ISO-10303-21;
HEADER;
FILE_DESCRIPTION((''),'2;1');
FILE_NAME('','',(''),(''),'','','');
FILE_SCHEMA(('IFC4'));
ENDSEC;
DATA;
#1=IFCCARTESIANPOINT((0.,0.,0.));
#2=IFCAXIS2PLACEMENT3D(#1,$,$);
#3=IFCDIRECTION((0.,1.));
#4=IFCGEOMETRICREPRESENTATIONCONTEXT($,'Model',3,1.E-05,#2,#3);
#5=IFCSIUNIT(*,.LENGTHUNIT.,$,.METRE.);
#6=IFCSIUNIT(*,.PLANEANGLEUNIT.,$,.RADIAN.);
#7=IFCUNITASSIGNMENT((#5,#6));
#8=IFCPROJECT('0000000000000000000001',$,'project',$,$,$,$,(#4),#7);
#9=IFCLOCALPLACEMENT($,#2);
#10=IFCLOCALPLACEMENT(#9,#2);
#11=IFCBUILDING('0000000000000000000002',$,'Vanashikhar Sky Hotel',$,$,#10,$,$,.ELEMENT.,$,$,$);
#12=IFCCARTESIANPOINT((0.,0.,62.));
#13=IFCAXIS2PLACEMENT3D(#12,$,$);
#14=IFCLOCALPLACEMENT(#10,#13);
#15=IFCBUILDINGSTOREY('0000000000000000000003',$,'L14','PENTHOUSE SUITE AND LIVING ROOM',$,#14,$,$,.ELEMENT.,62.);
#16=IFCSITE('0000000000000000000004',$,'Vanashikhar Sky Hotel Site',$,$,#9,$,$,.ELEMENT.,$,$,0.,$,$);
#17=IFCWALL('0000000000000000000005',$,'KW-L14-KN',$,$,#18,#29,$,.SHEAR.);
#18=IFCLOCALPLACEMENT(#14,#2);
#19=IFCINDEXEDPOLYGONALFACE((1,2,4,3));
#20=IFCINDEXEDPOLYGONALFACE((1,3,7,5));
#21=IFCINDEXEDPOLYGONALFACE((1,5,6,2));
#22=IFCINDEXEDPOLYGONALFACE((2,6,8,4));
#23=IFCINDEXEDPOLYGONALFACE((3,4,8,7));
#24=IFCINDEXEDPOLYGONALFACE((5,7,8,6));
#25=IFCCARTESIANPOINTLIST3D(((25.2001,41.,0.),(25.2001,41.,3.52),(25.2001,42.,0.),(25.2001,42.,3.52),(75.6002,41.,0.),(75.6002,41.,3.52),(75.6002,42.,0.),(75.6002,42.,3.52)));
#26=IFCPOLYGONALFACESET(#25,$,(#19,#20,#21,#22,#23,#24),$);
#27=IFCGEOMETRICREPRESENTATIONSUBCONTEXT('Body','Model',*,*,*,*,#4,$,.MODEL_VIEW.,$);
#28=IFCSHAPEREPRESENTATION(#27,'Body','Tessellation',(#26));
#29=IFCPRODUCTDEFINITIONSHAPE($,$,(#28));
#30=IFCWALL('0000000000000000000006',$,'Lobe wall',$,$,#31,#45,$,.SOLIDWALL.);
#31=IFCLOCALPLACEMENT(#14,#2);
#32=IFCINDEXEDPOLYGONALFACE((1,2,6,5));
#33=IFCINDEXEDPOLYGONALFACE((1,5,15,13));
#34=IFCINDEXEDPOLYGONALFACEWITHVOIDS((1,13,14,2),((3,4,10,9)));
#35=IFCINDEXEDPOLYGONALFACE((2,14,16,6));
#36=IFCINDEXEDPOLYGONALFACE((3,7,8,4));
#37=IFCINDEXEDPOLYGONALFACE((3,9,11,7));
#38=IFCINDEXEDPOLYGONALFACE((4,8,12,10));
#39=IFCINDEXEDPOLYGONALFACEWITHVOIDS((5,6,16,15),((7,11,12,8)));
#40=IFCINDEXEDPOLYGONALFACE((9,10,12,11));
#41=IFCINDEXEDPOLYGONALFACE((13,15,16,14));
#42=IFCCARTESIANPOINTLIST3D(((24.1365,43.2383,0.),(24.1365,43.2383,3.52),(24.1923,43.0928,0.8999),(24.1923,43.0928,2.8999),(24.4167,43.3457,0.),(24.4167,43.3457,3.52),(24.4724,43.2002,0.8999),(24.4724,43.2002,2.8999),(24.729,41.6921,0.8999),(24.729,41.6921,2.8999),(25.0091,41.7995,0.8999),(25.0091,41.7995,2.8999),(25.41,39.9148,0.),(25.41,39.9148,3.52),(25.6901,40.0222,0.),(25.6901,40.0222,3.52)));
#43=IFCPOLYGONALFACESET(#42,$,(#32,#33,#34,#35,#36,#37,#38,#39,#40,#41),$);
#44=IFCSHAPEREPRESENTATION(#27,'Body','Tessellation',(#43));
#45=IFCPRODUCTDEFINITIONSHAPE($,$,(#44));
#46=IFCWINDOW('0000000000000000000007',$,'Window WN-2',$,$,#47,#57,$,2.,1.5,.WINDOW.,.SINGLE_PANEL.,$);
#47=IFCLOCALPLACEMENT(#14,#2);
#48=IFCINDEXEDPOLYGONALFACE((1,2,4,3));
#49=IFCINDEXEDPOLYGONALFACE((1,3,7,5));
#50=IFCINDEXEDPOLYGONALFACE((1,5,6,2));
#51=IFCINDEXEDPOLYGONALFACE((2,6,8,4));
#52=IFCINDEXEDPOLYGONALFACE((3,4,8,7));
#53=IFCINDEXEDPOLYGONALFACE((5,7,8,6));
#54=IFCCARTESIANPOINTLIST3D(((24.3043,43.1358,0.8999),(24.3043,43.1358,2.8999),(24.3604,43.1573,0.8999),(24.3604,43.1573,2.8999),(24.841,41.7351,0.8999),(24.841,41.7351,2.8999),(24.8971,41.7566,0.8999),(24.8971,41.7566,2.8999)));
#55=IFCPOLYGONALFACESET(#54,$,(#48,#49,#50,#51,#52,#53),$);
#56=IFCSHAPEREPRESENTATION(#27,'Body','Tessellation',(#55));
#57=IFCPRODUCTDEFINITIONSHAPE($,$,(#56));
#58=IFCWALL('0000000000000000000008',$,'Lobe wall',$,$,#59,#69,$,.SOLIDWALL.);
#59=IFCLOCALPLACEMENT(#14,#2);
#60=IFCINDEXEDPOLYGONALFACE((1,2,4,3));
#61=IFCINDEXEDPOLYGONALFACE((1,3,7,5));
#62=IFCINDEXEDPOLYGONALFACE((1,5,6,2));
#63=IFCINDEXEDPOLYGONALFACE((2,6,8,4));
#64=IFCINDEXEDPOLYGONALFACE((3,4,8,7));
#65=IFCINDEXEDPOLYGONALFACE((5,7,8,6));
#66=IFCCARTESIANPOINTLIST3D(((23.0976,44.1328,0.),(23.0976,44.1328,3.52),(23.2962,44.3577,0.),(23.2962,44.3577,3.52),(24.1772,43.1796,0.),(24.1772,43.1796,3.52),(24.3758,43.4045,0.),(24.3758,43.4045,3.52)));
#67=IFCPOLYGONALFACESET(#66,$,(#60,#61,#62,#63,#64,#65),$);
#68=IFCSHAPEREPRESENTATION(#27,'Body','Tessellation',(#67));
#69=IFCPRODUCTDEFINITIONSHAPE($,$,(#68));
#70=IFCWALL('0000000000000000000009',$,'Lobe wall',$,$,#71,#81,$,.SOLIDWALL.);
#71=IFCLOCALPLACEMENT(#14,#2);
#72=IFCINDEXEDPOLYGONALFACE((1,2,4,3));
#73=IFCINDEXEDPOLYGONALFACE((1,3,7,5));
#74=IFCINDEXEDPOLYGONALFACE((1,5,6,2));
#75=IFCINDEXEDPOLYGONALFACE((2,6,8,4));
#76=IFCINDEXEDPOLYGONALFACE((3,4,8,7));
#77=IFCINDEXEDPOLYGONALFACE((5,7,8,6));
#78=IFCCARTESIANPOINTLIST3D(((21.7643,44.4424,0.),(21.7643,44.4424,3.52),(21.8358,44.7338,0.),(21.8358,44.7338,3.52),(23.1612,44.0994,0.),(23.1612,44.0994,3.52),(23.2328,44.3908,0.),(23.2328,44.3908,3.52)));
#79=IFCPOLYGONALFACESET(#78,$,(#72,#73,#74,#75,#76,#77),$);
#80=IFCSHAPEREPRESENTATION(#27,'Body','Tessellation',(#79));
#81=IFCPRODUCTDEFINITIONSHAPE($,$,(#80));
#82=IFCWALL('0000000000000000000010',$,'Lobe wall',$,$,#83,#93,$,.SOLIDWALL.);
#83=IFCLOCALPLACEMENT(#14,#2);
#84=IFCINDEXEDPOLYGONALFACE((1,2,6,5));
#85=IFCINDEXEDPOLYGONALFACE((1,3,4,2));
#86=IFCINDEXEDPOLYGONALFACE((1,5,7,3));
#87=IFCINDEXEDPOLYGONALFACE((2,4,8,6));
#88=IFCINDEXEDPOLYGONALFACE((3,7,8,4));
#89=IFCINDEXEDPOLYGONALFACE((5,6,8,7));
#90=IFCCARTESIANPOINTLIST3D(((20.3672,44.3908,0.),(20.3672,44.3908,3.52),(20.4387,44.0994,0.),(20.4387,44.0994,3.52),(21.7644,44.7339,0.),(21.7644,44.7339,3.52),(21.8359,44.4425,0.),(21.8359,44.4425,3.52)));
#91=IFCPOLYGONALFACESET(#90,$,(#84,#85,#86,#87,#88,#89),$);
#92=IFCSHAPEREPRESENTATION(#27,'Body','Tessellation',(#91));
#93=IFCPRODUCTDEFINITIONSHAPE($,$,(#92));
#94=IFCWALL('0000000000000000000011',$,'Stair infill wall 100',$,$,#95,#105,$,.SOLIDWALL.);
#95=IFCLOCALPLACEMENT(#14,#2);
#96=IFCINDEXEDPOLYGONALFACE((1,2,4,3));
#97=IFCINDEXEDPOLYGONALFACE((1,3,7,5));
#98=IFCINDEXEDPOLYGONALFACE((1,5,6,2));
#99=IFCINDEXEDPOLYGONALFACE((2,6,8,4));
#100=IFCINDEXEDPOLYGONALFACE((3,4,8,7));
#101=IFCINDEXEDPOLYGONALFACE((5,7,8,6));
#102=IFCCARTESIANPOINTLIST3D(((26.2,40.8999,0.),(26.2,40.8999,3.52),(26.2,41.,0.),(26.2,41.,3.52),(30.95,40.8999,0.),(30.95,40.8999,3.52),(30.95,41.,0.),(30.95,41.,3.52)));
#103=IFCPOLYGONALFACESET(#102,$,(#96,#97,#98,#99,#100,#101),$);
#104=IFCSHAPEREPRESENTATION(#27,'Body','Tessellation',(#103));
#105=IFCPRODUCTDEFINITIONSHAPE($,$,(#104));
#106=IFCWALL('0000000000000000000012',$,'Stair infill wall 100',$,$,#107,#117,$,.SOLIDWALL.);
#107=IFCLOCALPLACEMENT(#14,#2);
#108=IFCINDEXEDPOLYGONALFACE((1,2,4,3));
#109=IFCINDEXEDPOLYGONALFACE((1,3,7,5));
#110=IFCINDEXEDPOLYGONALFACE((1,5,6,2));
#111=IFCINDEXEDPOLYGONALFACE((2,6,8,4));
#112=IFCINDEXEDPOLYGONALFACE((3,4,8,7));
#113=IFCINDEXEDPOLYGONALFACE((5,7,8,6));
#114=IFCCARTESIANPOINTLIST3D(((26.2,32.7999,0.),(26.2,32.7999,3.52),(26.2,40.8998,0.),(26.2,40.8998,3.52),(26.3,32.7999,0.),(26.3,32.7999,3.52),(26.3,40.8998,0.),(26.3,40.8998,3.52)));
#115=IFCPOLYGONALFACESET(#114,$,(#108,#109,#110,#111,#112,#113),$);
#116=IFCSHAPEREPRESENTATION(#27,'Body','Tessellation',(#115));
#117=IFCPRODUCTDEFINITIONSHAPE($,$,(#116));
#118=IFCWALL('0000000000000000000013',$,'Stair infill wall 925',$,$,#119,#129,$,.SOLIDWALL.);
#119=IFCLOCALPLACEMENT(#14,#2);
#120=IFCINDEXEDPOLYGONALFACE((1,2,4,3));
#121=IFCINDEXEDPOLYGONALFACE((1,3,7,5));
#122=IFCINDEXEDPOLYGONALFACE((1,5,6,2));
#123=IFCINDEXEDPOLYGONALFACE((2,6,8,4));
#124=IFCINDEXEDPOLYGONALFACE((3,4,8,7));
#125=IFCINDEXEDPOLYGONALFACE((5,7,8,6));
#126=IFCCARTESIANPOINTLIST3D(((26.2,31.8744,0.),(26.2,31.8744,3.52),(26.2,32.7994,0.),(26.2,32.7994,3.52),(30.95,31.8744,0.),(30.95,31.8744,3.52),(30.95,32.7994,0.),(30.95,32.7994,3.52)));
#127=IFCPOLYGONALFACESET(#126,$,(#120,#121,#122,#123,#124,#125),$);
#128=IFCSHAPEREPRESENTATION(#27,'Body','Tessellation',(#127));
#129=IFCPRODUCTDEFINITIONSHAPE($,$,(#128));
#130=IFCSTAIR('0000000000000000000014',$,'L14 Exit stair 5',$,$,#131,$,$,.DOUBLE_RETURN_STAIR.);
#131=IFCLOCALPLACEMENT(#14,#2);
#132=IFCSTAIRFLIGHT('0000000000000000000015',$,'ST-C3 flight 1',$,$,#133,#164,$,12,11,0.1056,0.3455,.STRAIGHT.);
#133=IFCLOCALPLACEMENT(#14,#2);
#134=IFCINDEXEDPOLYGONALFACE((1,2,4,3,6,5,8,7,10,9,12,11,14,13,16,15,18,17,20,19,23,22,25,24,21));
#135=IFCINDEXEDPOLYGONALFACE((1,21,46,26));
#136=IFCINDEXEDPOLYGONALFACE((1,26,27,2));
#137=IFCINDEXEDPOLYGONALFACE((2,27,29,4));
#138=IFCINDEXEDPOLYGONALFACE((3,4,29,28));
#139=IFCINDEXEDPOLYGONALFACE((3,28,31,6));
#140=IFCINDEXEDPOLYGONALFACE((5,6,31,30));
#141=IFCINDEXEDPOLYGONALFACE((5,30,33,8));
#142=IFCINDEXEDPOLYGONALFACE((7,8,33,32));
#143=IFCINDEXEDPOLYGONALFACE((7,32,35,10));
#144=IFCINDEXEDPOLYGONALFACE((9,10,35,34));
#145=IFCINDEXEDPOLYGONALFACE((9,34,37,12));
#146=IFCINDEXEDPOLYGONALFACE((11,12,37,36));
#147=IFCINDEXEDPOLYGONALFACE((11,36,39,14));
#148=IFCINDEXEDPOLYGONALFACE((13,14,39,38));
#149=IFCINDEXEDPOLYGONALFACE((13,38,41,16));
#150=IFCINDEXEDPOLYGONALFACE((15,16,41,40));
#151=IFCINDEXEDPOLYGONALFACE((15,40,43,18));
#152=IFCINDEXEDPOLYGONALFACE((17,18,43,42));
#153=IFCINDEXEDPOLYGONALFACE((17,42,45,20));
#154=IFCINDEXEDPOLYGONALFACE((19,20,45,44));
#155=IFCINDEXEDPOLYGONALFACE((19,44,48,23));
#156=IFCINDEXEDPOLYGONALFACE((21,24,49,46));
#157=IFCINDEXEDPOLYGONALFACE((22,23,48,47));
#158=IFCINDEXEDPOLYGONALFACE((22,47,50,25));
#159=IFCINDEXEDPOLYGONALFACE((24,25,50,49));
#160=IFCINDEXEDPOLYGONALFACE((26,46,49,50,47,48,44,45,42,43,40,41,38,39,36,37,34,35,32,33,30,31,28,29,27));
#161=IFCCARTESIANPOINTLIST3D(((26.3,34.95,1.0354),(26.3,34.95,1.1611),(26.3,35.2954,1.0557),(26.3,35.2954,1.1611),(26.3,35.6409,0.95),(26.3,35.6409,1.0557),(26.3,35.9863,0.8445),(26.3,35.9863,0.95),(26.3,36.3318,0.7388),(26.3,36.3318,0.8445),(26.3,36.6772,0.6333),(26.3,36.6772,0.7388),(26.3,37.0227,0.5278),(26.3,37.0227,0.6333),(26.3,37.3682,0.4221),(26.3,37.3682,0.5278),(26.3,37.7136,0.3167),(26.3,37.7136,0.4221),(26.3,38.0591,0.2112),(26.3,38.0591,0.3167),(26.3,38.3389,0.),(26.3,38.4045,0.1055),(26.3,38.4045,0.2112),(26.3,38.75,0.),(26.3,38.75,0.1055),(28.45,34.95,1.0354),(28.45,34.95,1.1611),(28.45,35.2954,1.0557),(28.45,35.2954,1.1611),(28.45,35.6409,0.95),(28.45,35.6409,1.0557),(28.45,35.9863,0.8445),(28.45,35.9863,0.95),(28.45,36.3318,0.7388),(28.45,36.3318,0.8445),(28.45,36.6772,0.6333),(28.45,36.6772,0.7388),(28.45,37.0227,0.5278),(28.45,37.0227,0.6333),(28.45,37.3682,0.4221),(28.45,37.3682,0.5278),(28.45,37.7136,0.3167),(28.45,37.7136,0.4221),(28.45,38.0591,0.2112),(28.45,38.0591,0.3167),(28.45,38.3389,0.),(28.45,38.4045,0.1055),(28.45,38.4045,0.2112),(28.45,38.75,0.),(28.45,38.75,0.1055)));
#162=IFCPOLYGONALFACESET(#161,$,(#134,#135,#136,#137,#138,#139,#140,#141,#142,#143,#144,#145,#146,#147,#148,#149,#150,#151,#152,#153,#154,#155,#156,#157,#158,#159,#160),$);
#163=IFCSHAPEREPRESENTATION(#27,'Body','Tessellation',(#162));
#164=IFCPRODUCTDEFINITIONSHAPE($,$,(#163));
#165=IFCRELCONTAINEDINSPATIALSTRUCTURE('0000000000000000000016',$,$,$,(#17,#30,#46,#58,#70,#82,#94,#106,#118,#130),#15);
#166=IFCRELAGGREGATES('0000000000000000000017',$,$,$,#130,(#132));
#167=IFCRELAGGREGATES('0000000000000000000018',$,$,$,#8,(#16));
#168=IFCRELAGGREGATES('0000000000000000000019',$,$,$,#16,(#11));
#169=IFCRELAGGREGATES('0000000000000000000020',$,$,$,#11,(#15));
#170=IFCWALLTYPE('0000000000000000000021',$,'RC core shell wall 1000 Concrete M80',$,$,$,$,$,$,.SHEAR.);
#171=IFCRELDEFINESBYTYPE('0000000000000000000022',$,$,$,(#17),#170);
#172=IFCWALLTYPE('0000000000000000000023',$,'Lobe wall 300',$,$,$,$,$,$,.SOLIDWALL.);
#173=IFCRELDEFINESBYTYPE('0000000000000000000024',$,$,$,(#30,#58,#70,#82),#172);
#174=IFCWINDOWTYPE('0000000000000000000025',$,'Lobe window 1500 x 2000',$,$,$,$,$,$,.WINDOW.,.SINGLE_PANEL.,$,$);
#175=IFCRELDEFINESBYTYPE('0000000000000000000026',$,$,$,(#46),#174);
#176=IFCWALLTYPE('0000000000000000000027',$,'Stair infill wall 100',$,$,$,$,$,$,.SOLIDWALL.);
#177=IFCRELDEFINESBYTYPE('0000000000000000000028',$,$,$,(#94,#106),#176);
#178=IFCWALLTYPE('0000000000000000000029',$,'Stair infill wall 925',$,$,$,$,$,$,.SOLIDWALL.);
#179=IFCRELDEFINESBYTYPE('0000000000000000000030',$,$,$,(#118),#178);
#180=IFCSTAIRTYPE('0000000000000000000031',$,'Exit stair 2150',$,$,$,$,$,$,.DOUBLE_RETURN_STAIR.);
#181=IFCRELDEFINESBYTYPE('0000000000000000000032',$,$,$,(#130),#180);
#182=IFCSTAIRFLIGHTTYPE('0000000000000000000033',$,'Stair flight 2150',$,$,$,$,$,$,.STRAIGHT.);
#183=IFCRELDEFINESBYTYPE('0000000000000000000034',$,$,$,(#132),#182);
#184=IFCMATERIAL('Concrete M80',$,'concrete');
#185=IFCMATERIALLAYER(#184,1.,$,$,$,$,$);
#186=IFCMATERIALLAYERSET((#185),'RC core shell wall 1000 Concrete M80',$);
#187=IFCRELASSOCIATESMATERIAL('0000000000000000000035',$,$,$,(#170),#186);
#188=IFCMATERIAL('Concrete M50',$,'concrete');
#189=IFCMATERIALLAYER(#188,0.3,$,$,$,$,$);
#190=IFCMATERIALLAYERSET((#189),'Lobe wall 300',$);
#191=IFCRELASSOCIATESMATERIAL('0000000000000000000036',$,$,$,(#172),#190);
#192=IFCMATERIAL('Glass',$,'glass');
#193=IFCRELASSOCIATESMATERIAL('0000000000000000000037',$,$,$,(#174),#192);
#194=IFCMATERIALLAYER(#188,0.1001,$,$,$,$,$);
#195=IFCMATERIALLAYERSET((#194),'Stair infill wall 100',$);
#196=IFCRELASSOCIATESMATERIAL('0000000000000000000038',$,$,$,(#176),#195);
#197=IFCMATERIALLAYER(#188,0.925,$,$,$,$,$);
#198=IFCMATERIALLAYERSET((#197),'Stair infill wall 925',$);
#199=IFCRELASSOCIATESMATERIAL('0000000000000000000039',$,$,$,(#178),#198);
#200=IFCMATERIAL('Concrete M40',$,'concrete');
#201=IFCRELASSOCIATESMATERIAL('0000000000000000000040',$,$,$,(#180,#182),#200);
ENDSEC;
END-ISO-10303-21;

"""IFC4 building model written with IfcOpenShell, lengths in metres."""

from ifc_helpers import new_model, si_unit, direction, frame, frame_2d, origin, place, context, subcontext, project, spatial, polyline, rectangle, outline, extrude, source, transform, mapped, material, layer, layer_set, type_object, element, fill, aggregate, save


model = new_model("IFC4")

# Units and contexts
model_context = context("Model", 3, precision=1e-05, world=origin(), true_north=direction((0.0, 1.0)))
body_context = subcontext(model_context, "Body", "Model", "MODEL_VIEW")
ifc_project = project(units=[si_unit("LENGTHUNIT", "METRE"), si_unit("PLANEANGLEUNIT", "RADIAN")], contexts=[model_context])

# Site, building, storey
site_placement = place(None, origin())
site = spatial("IfcSite", under=ifc_project, at=site_placement, Name="Vanashikhar Sky Hotel Site", CompositionType="ELEMENT", RefElevation=0.0)
building_placement = place(site_placement, origin())
building = spatial("IfcBuilding", under=site, at=building_placement, Name="Vanashikhar Sky Hotel", CompositionType="ELEMENT")
storey_placement = place(building_placement, frame((0.0, 0.0, 62.0)))
storey = spatial("IfcBuildingStorey", under=building, at=storey_placement, Name="L14", Description="PENTHOUSE SUITE AND LIVING ROOM", CompositionType="ELEMENT", Elevation=62.0)

# Wall
ifc_material_1 = material(Name="Concrete M80", Category="concrete")
ifc_layer_1 = layer(ifc_material_1, 1.0)
ifc_layer_set_1 = layer_set([ifc_layer_1], Name="RC core shell wall 1000 Concrete M80")
wall_type_1 = type_object("IfcWallType", Name="RC core shell wall 1000 Concrete M80", PredefinedType="SHEAR", material=ifc_layer_set_1)
shared_shape_1 = source(origin(), body_context, "Body", "SweptSolid", [
    extrude(rectangle(XDim=50.4001, YDim=1.0, at=frame_2d((25.2002, 0.0))), origin(), (0.0, 0.0, 1.0), 3.52),
])
wall_1_placement = place(storey_placement, frame((25.2, 41.5, 0.0), z_axis=(0.0, 0.0, 1.0), x_axis=(1.0, 0.0, 0.0)))
element("IfcWall", 1, at=wall_1_placement, inside=storey, type_object=wall_type_1, Name="KW-L14-KN", PredefinedType="SHEAR", context=body_context, shape_type="MappedRepresentation", body=[
    mapped(shared_shape_1, transform((0.0, 0.0, 0.0), scale=1.0)),
])

# Wall, opening, window
ifc_material_2 = material(Name="Concrete M50", Category="concrete")
ifc_layer_2 = layer(ifc_material_2, 0.3)
ifc_layer_set_2 = layer_set([ifc_layer_2], Name="Lobe wall 300")
wall_type_2 = type_object("IfcWallType", Name="Lobe wall 300", PredefinedType="SOLIDWALL", material=ifc_layer_set_2)
shared_shape_2 = source(origin(), body_context, "Body", "SweptSolid", [
    extrude(rectangle(XDim=3.5591, YDim=0.3, at=frame_2d((1.7795, 0.0))), origin(), (0.0, 0.0, 1.0), 3.52),
])
wall_2_placement = place(storey_placement, frame((25.55, 39.9685, 0.0), z_axis=(0.0, 0.0, 1.0), x_axis=(-0.357797, 0.933799, 0.0)))
wall_2 = element("IfcWall", 2, at=wall_2_placement, inside=storey, type_object=wall_type_2, Name="Lobe wall", PredefinedType="SOLIDWALL", context=body_context, shape_type="MappedRepresentation", body=[
    mapped(shared_shape_2, transform((0.0, 0.0, 0.0), scale=1.0)),
])
shared_shape_3 = source(origin(), body_context, "Body", "SweptSolid", [
    extrude(rectangle(XDim=1.5, YDim=2.0, at=frame_2d((0.75, 1.0))), frame((0.0, 0.1602, 0.0), z_axis=(0.0, -1.0, 0.0), x_axis=(1.0, 0.0, 0.0)), (0.0, 0.0, 1.0), 0.3201),
])
opening_placement = place(wall_2_placement, frame((1.9033, 0.0, 0.8999)))
opening = element("IfcOpeningElement", 3, at=opening_placement, cuts=wall_2, PredefinedType="OPENING", context=body_context, shape_type="MappedRepresentation", body=[
    mapped(shared_shape_3, transform((0.0, 0.0, 0.0), scale=1.0)),
])
ifc_material_3 = material(Name="Glass", Category="glass")
window_type = type_object("IfcWindowType", Name="Lobe window 1500 x 2000", PartitioningType="SINGLE_PANEL", PredefinedType="WINDOW", material=ifc_material_3)
shared_shape_4 = source(origin(), body_context, "Body", "SweptSolid", [
    extrude(rectangle(XDim=1.5, YDim=2.0, at=frame_2d((0.75, 1.0))), frame((0.0, 0.03, 0.0), z_axis=(0.0, -1.0, 0.0), x_axis=(1.0, 0.0, 0.0)), (0.0, 0.0, 1.0), 0.0601),
])
window_placement = place(opening_placement, origin())
window = element("IfcWindow", 4, at=window_placement, inside=storey, type_object=window_type, Name="Window WN-2", OverallHeight=2.0, OverallWidth=1.5, PartitioningType="SINGLE_PANEL", PredefinedType="WINDOW", context=body_context, shape_type="MappedRepresentation", body=[
    mapped(shared_shape_4, transform((0.0, 0.0, 0.0), scale=1.0)),
])
fill(opening, window)

# Walls
shared_shape_5 = source(origin(), body_context, "Body", "SweptSolid", [
    extrude(rectangle(XDim=1.4402, YDim=0.3, at=frame_2d((0.7202, 0.0))), origin(), (0.0, 0.0, 1.0), 3.52),
])
wall_3_placement = place(storey_placement, frame((24.2766, 43.292, 0.0), z_axis=(0.0, 0.0, 1.0), x_axis=(-0.74965, 0.661835, 0.0)))
element("IfcWall", 5, at=wall_3_placement, inside=storey, type_object=wall_type_2, Name="Lobe wall", PredefinedType="SOLIDWALL", context=body_context, shape_type="MappedRepresentation", body=[
    mapped(shared_shape_5, transform((0.0, 0.0, 0.0), scale=1.0)),
])
shared_shape_6 = source(origin(), body_context, "Body", "SweptSolid", [
    extrude(rectangle(XDim=1.4385, YDim=0.3, at=frame_2d((0.7192, 0.0))), origin(), (0.0, 0.0, 1.0), 3.52),
])
wall_4_placement = place(storey_placement, frame((23.197, 44.2451, 0.0), z_axis=(0.0, 0.0, 1.0), x_axis=(-0.971152, 0.23846, 0.0)))
element("IfcWall", 6, at=wall_4_placement, inside=storey, type_object=wall_type_2, Name="Lobe wall", PredefinedType="SOLIDWALL", context=body_context, shape_type="MappedRepresentation", body=[
    mapped(shared_shape_6, transform((0.0, 0.0, 0.0), scale=1.0)),
])
shared_shape_7 = source(origin(), body_context, "Body", "SweptSolid", [
    extrude(rectangle(XDim=1.4387, YDim=0.3, at=frame_2d((0.7192, 0.0))), origin(), (0.0, 0.0, 1.0), 3.52),
])
wall_5_placement = place(storey_placement, frame((21.8, 44.5881, 0.0), z_axis=(0.0, 0.0, 1.0), x_axis=(-0.971162, -0.238421, 0.0)))
element("IfcWall", 7, at=wall_5_placement, inside=storey, type_object=wall_type_2, Name="Lobe wall", PredefinedType="SOLIDWALL", context=body_context, shape_type="MappedRepresentation", body=[
    mapped(shared_shape_7, transform((0.0, 0.0, 0.0), scale=1.0)),
])
ifc_layer_3 = layer(ifc_material_2, 0.1001)
ifc_layer_set_3 = layer_set([ifc_layer_3], Name="Stair infill wall 100")
wall_type_3 = type_object("IfcWallType", Name="Stair infill wall 100", PredefinedType="SOLIDWALL", material=ifc_layer_set_3)
shared_shape_8 = source(origin(), body_context, "Body", "SweptSolid", [
    extrude(rectangle(XDim=4.75, YDim=0.1001, at=frame_2d((2.375, 0.0))), origin(), (0.0, 0.0, 1.0), 3.52),
])
wall_6_placement = place(storey_placement, frame((26.2, 40.95, 0.0), z_axis=(0.0, 0.0, 1.0), x_axis=(1.0, 0.0, 0.0)))
element("IfcWall", 8, at=wall_6_placement, inside=storey, type_object=wall_type_3, Name="Stair infill wall 100", PredefinedType="SOLIDWALL", context=body_context, shape_type="MappedRepresentation", body=[
    mapped(shared_shape_8, transform((0.0, 0.0, 0.0), scale=1.0)),
])
shared_shape_9 = source(origin(), body_context, "Body", "SweptSolid", [
    extrude(rectangle(XDim=8.0999, YDim=0.1001, at=frame_2d((4.0498, 0.0))), origin(), (0.0, 0.0, 1.0), 3.52),
])
wall_7_placement = place(storey_placement, frame((26.25, 32.8, 0.0), z_axis=(0.0, 0.0, 1.0), x_axis=(0.0, 1.0, 0.0)))
element("IfcWall", 9, at=wall_7_placement, inside=storey, type_object=wall_type_3, Name="Stair infill wall 100", PredefinedType="SOLIDWALL", context=body_context, shape_type="MappedRepresentation", body=[
    mapped(shared_shape_9, transform((0.0, 0.0, 0.0), scale=1.0)),
])
ifc_layer_4 = layer(ifc_material_2, 0.925)
ifc_layer_set_4 = layer_set([ifc_layer_4], Name="Stair infill wall 925")
wall_type_4 = type_object("IfcWallType", Name="Stair infill wall 925", PredefinedType="SOLIDWALL", material=ifc_layer_set_4)
shared_shape_10 = source(origin(), body_context, "Body", "SweptSolid", [
    extrude(rectangle(XDim=4.75, YDim=0.925, at=frame_2d((2.375, 0.0))), origin(), (0.0, 0.0, 1.0), 3.52),
])
wall_8_placement = place(storey_placement, frame((26.2, 32.3369, 0.0), z_axis=(0.0, 0.0, 1.0), x_axis=(1.0, 0.0, 0.0)))
element("IfcWall", 10, at=wall_8_placement, inside=storey, type_object=wall_type_4, Name="Stair infill wall 925", PredefinedType="SOLIDWALL", context=body_context, shape_type="MappedRepresentation", body=[
    mapped(shared_shape_10, transform((0.0, 0.0, 0.0), scale=1.0)),
])

# Stair, stair flight
ifc_material_4 = material(Name="Concrete M40", Category="concrete")
stair_type = type_object("IfcStairType", Name="Exit stair 2150", PredefinedType="DOUBLE_RETURN_STAIR", material=ifc_material_4)
stair_placement = place(storey_placement, origin())
stair = element("IfcStair", 11, at=stair_placement, inside=storey, type_object=stair_type, Name="L14 Exit stair 5", PredefinedType="DOUBLE_RETURN_STAIR")
stair_flight_type = type_object("IfcStairFlightType", Name="Stair flight 2150", PredefinedType="STRAIGHT", material=ifc_material_4)
shared_shape_11 = source(origin(), body_context, "Body", "SweptSolid", [
    extrude(outline(polyline([(0.0, 0.0), (0.0, 0.1055), (0.3455, 0.1055), (0.3455, 0.2112), (0.6909, 0.2112), (0.6909, 0.3167), (1.0364, 0.3167), (1.0364, 0.4221), (1.3818, 0.4221), (1.3818, 0.5278), (1.7273, 0.5278), (1.7273, 0.6333), (2.0728, 0.6333), (2.0728, 0.7388), (2.4182, 0.7388), (2.4182, 0.8445), (2.7637, 0.8445), (2.7637, 0.95), (3.1091, 0.95), (3.1091, 1.0557), (3.4546, 1.0557), (3.4546, 1.1611), (3.8, 1.1611), (3.8, 1.2666), (3.8, 1.0354), (0.4111, 0.0), (0.0, 0.0)])), frame((0.0, 1.075, 0.0), z_axis=(0.0, -1.0, 0.0), x_axis=(1.0, 0.0, 0.0)), (0.0, 0.0, 1.0), 2.1499),
])
stair_flight_placement = place(storey_placement, frame((27.375, 38.75, 0.0), z_axis=(0.0, 0.0, 1.0), x_axis=(0.0, -1.0, 0.0)))
stair_flight = element("IfcStairFlight", 12, at=stair_flight_placement, type_object=stair_flight_type, Name="ST-C3 flight 1", NumberOfRisers=12, NumberOfTreads=11, PredefinedType="STRAIGHT", RiserHeight=0.1056, TreadLength=0.3455, context=body_context, shape_type="MappedRepresentation", body=[
    mapped(shared_shape_11, transform((0.0, 0.0, 0.0), scale=1.0)),
])
aggregate(stair, [stair_flight])

save(model, "model.ifc")
